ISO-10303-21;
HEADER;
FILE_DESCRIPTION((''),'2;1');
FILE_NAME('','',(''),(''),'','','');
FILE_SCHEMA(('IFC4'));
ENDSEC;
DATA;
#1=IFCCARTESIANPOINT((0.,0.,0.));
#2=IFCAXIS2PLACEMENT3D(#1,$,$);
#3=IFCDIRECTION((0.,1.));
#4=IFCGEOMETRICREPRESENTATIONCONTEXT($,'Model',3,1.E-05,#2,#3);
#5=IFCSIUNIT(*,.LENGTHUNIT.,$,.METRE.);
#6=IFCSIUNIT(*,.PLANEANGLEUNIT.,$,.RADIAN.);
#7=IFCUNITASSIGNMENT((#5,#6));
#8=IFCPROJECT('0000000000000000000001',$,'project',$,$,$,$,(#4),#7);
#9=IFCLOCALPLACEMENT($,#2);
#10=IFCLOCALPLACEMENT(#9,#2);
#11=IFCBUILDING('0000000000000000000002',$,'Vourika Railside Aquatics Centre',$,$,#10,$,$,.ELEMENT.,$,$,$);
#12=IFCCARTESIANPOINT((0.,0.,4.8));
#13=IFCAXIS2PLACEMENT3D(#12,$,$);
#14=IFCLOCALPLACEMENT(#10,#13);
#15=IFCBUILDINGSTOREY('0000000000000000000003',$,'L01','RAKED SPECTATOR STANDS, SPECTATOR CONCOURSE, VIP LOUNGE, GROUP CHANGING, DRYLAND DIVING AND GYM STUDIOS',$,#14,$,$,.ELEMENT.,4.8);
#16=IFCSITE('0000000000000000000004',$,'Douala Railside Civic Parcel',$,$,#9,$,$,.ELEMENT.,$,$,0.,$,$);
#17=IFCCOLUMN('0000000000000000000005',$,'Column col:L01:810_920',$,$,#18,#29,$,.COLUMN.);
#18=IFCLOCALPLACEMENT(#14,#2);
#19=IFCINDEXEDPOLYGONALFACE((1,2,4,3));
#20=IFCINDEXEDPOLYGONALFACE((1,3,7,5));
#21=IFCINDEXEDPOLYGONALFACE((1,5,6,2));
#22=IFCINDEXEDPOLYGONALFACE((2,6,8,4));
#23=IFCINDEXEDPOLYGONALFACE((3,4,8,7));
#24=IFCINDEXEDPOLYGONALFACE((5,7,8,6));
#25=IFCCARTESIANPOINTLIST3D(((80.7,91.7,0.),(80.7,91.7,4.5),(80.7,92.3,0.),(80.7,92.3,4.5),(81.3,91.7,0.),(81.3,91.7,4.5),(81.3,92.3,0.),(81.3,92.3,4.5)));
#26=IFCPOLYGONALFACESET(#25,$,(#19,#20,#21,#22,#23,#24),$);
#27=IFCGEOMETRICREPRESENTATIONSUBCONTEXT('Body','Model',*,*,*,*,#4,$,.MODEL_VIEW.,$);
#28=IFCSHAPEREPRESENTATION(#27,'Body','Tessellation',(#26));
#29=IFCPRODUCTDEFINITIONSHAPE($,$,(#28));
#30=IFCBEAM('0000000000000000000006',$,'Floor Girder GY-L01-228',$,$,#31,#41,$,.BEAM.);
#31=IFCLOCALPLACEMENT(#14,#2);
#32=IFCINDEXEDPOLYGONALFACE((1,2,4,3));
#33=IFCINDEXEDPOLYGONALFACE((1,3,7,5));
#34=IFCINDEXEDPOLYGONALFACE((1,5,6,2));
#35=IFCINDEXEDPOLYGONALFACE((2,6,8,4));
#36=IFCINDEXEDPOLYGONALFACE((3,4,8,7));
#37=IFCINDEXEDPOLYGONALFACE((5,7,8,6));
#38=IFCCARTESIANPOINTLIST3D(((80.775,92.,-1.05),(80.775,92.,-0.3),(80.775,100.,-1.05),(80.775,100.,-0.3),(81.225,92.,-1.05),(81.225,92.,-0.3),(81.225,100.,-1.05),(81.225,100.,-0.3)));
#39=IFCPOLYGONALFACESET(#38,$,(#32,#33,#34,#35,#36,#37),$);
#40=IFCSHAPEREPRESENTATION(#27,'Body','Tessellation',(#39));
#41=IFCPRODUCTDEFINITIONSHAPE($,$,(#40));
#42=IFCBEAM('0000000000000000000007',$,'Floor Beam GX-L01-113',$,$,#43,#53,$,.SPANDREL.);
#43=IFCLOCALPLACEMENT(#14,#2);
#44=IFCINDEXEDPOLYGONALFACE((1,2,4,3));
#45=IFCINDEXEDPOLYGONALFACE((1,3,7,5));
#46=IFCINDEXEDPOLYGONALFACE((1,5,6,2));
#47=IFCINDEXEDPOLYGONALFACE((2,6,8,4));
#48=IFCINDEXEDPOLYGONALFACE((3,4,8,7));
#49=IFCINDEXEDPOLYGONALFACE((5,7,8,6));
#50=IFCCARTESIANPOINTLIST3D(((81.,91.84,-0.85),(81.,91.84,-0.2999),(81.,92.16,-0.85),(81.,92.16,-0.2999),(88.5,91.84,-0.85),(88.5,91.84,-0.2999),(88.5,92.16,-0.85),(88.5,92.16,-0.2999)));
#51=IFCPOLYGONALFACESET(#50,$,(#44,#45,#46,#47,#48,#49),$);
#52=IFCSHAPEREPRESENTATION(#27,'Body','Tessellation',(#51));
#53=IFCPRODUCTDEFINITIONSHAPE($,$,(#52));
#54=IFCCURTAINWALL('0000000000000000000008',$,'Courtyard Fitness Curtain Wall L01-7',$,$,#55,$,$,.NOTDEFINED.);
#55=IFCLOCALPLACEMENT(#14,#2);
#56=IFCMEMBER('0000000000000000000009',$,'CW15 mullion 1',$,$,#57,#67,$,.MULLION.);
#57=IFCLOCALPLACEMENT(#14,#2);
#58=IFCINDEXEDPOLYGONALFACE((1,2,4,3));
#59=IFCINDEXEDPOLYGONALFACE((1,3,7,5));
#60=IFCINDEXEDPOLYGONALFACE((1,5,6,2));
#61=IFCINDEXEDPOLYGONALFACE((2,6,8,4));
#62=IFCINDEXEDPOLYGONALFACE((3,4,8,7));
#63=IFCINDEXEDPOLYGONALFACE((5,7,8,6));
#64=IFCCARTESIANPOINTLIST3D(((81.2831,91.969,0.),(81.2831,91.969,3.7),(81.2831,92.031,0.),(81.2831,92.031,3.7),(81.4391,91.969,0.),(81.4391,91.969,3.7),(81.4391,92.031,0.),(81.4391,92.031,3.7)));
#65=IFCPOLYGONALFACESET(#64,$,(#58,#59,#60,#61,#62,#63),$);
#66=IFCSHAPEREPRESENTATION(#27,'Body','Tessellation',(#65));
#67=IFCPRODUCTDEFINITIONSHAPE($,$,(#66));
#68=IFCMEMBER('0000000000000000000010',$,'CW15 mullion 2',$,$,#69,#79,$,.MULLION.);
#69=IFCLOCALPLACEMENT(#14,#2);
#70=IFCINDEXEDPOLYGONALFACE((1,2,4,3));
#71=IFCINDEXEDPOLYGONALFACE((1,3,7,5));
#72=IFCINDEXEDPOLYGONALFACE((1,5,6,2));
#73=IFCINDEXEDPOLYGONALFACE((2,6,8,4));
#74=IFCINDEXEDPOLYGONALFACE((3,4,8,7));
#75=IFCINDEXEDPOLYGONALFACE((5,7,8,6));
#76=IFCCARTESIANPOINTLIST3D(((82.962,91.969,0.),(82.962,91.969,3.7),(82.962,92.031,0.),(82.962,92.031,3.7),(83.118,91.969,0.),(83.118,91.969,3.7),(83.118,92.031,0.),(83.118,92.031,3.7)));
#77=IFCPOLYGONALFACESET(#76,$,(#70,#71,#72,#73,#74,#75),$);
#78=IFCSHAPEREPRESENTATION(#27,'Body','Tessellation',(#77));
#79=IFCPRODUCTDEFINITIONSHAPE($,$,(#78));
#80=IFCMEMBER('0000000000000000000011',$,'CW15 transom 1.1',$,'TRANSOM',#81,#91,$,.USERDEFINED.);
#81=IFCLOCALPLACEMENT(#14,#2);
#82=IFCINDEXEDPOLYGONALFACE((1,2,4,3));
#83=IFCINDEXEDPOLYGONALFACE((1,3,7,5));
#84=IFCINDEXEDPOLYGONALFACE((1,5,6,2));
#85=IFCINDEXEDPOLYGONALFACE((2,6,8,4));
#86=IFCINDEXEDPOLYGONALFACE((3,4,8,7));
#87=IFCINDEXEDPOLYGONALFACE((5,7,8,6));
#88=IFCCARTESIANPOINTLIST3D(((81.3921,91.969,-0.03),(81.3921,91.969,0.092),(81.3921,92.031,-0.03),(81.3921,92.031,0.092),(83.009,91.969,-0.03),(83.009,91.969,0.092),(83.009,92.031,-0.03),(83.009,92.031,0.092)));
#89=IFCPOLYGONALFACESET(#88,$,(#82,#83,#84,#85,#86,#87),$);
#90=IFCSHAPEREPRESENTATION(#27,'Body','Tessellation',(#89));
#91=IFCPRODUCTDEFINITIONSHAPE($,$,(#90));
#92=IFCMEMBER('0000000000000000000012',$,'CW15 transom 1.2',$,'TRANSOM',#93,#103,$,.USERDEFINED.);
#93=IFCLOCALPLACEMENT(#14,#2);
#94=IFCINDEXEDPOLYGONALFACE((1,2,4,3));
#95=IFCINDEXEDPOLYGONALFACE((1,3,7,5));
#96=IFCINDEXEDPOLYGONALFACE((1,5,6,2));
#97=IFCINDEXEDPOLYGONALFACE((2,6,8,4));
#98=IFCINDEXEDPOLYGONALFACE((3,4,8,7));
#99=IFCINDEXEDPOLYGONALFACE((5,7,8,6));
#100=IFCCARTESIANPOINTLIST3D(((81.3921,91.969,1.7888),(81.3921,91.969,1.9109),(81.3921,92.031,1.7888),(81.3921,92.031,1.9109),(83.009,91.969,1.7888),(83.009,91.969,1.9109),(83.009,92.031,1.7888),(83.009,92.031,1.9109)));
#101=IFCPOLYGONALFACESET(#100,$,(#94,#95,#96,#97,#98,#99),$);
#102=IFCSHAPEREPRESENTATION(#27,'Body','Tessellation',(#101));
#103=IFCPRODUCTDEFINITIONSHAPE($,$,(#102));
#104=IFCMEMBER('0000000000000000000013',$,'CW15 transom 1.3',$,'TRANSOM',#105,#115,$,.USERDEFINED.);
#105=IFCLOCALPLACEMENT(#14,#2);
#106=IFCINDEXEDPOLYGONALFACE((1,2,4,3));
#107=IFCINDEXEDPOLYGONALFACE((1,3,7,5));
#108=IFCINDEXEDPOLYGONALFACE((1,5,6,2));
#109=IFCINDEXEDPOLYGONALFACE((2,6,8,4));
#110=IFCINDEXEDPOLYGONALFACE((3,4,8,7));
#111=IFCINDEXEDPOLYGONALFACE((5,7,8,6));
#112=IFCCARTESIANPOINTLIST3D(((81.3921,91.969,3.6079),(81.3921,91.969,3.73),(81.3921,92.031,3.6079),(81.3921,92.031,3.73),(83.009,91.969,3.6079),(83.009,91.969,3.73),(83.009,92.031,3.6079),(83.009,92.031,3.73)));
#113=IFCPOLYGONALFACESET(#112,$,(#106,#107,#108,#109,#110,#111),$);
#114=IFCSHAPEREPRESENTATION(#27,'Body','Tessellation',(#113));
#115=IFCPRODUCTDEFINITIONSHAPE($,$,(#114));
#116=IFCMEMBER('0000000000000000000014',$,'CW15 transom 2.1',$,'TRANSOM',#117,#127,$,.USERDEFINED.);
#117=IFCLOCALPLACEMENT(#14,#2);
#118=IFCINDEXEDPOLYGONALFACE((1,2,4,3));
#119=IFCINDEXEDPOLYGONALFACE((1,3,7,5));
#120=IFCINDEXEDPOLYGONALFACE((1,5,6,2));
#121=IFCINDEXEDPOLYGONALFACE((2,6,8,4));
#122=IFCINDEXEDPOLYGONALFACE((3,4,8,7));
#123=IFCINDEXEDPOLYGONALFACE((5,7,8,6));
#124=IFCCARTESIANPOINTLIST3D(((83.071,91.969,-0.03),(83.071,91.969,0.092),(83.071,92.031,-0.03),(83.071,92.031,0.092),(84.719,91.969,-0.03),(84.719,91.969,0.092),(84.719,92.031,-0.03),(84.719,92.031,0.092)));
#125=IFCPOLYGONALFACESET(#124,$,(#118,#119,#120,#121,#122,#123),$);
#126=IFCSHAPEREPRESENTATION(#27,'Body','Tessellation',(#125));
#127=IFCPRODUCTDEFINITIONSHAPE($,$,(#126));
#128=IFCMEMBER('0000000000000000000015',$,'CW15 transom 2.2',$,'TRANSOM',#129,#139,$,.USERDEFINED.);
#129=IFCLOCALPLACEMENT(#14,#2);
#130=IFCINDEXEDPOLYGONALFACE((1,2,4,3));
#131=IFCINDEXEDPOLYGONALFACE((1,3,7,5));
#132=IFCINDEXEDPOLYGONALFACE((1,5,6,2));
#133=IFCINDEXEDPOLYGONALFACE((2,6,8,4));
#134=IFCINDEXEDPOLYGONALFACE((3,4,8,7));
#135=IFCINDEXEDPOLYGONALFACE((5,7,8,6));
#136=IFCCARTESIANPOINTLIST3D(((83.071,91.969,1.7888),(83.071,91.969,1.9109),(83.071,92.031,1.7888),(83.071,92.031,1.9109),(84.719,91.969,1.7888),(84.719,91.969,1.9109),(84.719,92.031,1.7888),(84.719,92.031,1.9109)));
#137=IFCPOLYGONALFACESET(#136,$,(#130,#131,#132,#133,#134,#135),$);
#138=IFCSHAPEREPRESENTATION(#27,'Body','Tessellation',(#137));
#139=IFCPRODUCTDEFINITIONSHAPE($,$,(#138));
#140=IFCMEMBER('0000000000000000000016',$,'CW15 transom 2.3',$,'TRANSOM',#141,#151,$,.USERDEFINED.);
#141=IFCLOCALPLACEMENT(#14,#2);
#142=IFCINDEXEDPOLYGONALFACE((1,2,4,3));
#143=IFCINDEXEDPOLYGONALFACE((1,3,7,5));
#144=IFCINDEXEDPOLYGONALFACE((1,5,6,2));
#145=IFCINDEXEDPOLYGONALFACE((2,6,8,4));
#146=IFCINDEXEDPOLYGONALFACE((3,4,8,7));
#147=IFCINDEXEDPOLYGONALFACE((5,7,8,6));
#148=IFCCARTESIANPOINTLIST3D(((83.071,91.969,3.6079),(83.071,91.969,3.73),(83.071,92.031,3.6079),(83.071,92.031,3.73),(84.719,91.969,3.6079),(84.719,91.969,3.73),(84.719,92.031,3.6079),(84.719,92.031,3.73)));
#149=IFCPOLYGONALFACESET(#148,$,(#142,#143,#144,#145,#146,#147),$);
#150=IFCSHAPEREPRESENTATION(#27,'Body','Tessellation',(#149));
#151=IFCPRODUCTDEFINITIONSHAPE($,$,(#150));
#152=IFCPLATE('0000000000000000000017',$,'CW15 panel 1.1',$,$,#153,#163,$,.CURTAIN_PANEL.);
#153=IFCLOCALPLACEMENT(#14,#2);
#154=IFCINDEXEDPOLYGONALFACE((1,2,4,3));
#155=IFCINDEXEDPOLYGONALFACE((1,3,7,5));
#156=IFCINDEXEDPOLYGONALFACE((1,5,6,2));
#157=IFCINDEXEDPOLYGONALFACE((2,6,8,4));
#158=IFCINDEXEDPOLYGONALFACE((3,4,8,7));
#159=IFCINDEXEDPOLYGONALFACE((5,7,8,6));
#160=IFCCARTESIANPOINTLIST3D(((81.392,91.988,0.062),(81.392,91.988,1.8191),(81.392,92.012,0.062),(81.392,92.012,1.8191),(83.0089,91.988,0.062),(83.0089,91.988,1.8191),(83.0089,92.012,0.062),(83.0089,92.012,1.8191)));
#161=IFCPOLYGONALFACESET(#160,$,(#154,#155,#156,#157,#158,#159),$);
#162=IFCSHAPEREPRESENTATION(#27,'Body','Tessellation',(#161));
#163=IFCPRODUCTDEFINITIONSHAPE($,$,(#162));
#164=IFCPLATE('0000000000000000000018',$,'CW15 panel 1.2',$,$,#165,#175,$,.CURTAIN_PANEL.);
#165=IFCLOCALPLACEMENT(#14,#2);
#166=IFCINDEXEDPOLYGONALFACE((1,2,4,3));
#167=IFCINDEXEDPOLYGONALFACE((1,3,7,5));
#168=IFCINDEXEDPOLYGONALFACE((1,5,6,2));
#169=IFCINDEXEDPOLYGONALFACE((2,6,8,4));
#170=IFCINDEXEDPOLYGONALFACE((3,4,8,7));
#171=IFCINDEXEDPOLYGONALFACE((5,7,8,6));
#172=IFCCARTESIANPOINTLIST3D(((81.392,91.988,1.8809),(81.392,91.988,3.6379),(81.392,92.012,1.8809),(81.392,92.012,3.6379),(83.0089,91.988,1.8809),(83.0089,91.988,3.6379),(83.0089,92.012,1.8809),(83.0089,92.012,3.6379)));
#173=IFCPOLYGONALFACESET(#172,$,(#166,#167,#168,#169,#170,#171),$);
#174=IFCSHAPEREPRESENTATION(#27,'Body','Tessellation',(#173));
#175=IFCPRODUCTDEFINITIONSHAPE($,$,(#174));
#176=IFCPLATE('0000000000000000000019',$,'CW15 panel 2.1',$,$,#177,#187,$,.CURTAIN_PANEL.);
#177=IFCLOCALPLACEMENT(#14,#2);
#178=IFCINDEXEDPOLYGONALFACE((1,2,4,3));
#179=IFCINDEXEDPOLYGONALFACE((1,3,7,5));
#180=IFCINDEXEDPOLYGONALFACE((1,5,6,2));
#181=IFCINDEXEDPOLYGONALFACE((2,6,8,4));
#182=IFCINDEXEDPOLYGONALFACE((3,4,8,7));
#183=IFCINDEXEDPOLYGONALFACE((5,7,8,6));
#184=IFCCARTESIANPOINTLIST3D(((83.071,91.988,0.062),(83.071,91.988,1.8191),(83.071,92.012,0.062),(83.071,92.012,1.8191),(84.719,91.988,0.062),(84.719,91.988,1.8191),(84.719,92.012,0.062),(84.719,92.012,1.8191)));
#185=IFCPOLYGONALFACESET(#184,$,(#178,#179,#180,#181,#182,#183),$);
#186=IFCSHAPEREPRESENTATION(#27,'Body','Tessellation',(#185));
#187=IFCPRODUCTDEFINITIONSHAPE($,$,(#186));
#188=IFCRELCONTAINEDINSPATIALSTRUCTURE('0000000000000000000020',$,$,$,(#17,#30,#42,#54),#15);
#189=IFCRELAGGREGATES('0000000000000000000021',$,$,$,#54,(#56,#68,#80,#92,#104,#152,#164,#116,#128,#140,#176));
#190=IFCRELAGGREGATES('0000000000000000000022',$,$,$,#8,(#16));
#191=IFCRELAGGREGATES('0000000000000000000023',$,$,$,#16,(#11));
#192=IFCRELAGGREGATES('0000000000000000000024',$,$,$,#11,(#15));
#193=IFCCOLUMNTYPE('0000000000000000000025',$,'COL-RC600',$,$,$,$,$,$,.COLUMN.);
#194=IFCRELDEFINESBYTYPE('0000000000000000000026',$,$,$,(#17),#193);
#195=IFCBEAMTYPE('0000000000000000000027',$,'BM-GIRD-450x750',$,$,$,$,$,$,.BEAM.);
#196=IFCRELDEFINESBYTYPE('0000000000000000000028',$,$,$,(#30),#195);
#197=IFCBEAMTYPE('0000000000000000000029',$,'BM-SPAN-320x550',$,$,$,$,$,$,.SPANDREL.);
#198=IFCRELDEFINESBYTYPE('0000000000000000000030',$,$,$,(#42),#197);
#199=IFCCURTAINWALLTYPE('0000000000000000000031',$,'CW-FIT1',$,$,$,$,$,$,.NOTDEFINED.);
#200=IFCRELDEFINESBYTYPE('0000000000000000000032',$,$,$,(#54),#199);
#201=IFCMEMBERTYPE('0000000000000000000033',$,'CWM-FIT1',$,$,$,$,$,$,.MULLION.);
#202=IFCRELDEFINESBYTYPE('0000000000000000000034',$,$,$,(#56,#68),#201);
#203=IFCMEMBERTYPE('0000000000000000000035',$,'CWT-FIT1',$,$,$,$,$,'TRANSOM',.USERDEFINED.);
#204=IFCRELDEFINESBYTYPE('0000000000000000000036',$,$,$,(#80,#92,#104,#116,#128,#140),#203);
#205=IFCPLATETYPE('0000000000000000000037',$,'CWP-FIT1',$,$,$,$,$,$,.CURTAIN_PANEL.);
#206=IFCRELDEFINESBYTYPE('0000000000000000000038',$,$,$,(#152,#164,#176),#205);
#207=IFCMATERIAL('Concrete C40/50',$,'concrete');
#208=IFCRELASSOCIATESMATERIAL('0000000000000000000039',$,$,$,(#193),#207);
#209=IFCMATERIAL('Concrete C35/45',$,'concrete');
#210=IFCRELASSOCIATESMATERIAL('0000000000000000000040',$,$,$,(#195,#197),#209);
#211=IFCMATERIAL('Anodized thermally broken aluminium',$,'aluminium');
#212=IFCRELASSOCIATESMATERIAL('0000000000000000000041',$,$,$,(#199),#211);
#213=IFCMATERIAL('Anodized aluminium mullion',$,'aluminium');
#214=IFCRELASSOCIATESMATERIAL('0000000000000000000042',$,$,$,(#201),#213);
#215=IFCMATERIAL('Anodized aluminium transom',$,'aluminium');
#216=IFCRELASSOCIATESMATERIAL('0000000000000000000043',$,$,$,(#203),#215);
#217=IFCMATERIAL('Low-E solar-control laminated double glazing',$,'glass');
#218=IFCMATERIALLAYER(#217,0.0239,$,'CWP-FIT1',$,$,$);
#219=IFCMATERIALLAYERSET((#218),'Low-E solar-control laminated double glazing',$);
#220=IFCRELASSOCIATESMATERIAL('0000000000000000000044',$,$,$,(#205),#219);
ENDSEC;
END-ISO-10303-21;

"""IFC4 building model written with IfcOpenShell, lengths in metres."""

from ifc_helpers import new_model, si_unit, direction, frame, origin, origin_2d, place, context, subcontext, project, spatial, rectangle, extrude, material, layer, layer_set, material_profile, profile_set, type_object, element, aggregate, save


model = new_model("IFC4")

# Units and contexts
model_context = context("Model", 3, precision=1e-05, world=origin(), true_north=direction((0.0, 1.0)))
body_context = subcontext(model_context, "Body", "Model", "MODEL_VIEW")
ifc_project = project(units=[si_unit("LENGTHUNIT", "METRE"), si_unit("PLANEANGLEUNIT", "RADIAN")], contexts=[model_context])

# Site, building, storey
site_placement = place(None, origin())
site = spatial("IfcSite", under=ifc_project, at=site_placement, Name="Douala Railside Civic Parcel", CompositionType="ELEMENT", RefElevation=0.0)
building_placement = place(site_placement, origin())
building = spatial("IfcBuilding", under=site, at=building_placement, Name="Vourika Railside Aquatics Centre", CompositionType="ELEMENT")
storey_placement = place(building_placement, frame((0.0, 0.0, 4.8)))
storey = spatial("IfcBuildingStorey", under=building, at=storey_placement, Name="L01", Description="RAKED SPECTATOR STANDS, SPECTATOR CONCOURSE, VIP LOUNGE, GROUP CHANGING, DRYLAND DIVING AND GYM STUDIOS", CompositionType="ELEMENT", Elevation=4.8)

# Column
ifc_material_1 = material(Name="Concrete C40/50", Category="concrete")
ifc_material_profile_1 = material_profile(ifc_material_1, rectangle(XDim=0.6001, YDim=0.6001, at=origin_2d()), Name="RC 600x600")
ifc_profile_set_1 = profile_set([ifc_material_profile_1], Name="Concrete C40/50")
column_type = type_object("IfcColumnType", Name="COL-RC600", PredefinedType="COLUMN", material=ifc_profile_set_1)
column_placement = place(storey_placement, frame((81.0, 92.0, 0.0), z_axis=(0.0, 0.0, 1.0), x_axis=(1.0, 0.0, 0.0)))
element("IfcColumn", 1, at=column_placement, inside=storey, type_object=column_type, Name="Column col:L01:810_920", PredefinedType="COLUMN", context=body_context, shape_type="SweptSolid", body=[
    extrude(rectangle(XDim=0.6001, YDim=0.6001, at=origin_2d()), origin(), (0.0, 0.0, 1.0), 4.5),
])

# Beams
ifc_material_2 = material(Name="Concrete C35/45", Category="concrete")
ifc_material_profile_2 = material_profile(ifc_material_2, rectangle(XDim=0.45, YDim=0.75, at=origin_2d()), Name="RC 450x750")
ifc_profile_set_2 = profile_set([ifc_material_profile_2], Name="Concrete C35/45")
beam_type_1 = type_object("IfcBeamType", Name="BM-GIRD-450x750", PredefinedType="BEAM", material=ifc_profile_set_2)
beam_1_placement = place(storey_placement, frame((81.0, 92.0, -0.675), z_axis=(0.0, 1.0, 0.0), x_axis=(-1.0, 0.0, 0.0)))
element("IfcBeam", 2, at=beam_1_placement, inside=storey, type_object=beam_type_1, Name="Floor Girder GY-L01-228", PredefinedType="BEAM", context=body_context, shape_type="SweptSolid", body=[
    extrude(rectangle(XDim=0.45, YDim=0.75, at=origin_2d()), origin(), (0.0, 0.0, 1.0), 8.0),
])
ifc_material_profile_3 = material_profile(ifc_material_2, rectangle(XDim=0.3201, YDim=0.55, at=origin_2d()), Name="RC 320x550")
ifc_profile_set_3 = profile_set([ifc_material_profile_3], Name="Concrete C35/45")
beam_type_2 = type_object("IfcBeamType", Name="BM-SPAN-320x550", PredefinedType="SPANDREL", material=ifc_profile_set_3)
beam_2_placement = place(storey_placement, frame((81.0, 92.0, -0.575), z_axis=(1.0, 0.0, 0.0), x_axis=(0.0, 1.0, 0.0)))
element("IfcBeam", 3, at=beam_2_placement, inside=storey, type_object=beam_type_2, Name="Floor Beam GX-L01-113", PredefinedType="SPANDREL", context=body_context, shape_type="SweptSolid", body=[
    extrude(rectangle(XDim=0.3201, YDim=0.55, at=origin_2d()), origin(), (0.0, 0.0, 1.0), 7.5),
])

# Curtain wall, members, plates
ifc_material_3 = material(Name="Anodized thermally broken aluminium", Category="aluminium")
curtain_wall_type = type_object("IfcCurtainWallType", Name="CW-FIT1", PredefinedType="NOTDEFINED", material=ifc_material_3)
curtain_wall_placement = place(storey_placement, origin())
curtain_wall = element("IfcCurtainWall", 4, at=curtain_wall_placement, inside=storey, type_object=curtain_wall_type, Name="Courtyard Fitness Curtain Wall L01-7", PredefinedType="NOTDEFINED")
ifc_material_4 = material(Name="Anodized aluminium mullion", Category="aluminium")
ifc_material_profile_4 = material_profile(ifc_material_4, rectangle(XDim=0.062, YDim=0.156, at=origin_2d()), Name="ALU-M 62x156")
ifc_profile_set_4 = profile_set([ifc_material_profile_4], Name="Anodized aluminium mullion")
member_type_1 = type_object("IfcMemberType", Name="CWM-FIT1", PredefinedType="MULLION", material=ifc_profile_set_4)
member_1_placement = place(storey_placement, frame((81.3611, 92.0, 0.0), z_axis=(0.0, 0.0, 1.0), x_axis=(0.0, 1.0, 0.0)))
member_1 = element("IfcMember", 5, at=member_1_placement, type_object=member_type_1, Name="CW15 mullion 1", PredefinedType="MULLION", context=body_context, shape_type="SweptSolid", body=[
    extrude(rectangle(XDim=0.062, YDim=0.156, at=origin_2d()), origin(), (0.0, 0.0, 1.0), 3.7),
])
member_2_placement = place(storey_placement, frame((83.04, 92.0, 0.0), z_axis=(0.0, 0.0, 1.0), x_axis=(0.0, 1.0, 0.0)))
member_2 = element("IfcMember", 6, at=member_2_placement, type_object=member_type_1, Name="CW15 mullion 2", PredefinedType="MULLION", context=body_context, shape_type="SweptSolid", body=[
    extrude(rectangle(XDim=0.062, YDim=0.156, at=origin_2d()), origin(), (0.0, 0.0, 1.0), 3.7),
])
ifc_material_5 = material(Name="Anodized aluminium transom", Category="aluminium")
ifc_material_profile_5 = material_profile(ifc_material_5, rectangle(XDim=0.062, YDim=0.1221, at=origin_2d()), Name="ALU-T 62x122")
ifc_profile_set_5 = profile_set([ifc_material_profile_5], Name="Anodized aluminium transom")
member_type_2 = type_object("IfcMemberType", Name="CWT-FIT1", ElementType="TRANSOM", PredefinedType="USERDEFINED", material=ifc_profile_set_5)
member_3_placement = place(storey_placement, frame((81.3921, 92.0, 0.031), z_axis=(1.0, 0.0, 0.0), x_axis=(0.0, 1.0, 0.0)))
member_3 = element("IfcMember", 7, at=member_3_placement, type_object=member_type_2, Name="CW15 transom 1.1", ObjectType="TRANSOM", PredefinedType="USERDEFINED", context=body_context, shape_type="SweptSolid", body=[
    extrude(rectangle(XDim=0.062, YDim=0.1221, at=origin_2d()), origin(), (0.0, 0.0, 1.0), 1.6169),
])
member_4_placement = place(storey_placement, frame((81.3921, 92.0, 1.8499), z_axis=(1.0, 0.0, 0.0), x_axis=(0.0, 1.0, 0.0)))
member_4 = element("IfcMember", 8, at=member_4_placement, type_object=member_type_2, Name="CW15 transom 1.2", ObjectType="TRANSOM", PredefinedType="USERDEFINED", context=body_context, shape_type="SweptSolid", body=[
    extrude(rectangle(XDim=0.062, YDim=0.1221, at=origin_2d()), origin(), (0.0, 0.0, 1.0), 1.6169),
])
member_5_placement = place(storey_placement, frame((81.3921, 92.0, 3.6689), z_axis=(1.0, 0.0, 0.0), x_axis=(0.0, 1.0, 0.0)))
member_5 = element("IfcMember", 9, at=member_5_placement, type_object=member_type_2, Name="CW15 transom 1.3", ObjectType="TRANSOM", PredefinedType="USERDEFINED", context=body_context, shape_type="SweptSolid", body=[
    extrude(rectangle(XDim=0.062, YDim=0.1221, at=origin_2d()), origin(), (0.0, 0.0, 1.0), 1.6169),
])
member_6_placement = place(storey_placement, frame((83.071, 92.0, 0.031), z_axis=(1.0, 0.0, 0.0), x_axis=(0.0, 1.0, 0.0)))
member_6 = element("IfcMember", 10, at=member_6_placement, type_object=member_type_2, Name="CW15 transom 2.1", ObjectType="TRANSOM", PredefinedType="USERDEFINED", context=body_context, shape_type="SweptSolid", body=[
    extrude(rectangle(XDim=0.062, YDim=0.1221, at=origin_2d()), origin(), (0.0, 0.0, 1.0), 1.6479),
])
member_7_placement = place(storey_placement, frame((83.071, 92.0, 1.8499), z_axis=(1.0, 0.0, 0.0), x_axis=(0.0, 1.0, 0.0)))
member_7 = element("IfcMember", 11, at=member_7_placement, type_object=member_type_2, Name="CW15 transom 2.2", ObjectType="TRANSOM", PredefinedType="USERDEFINED", context=body_context, shape_type="SweptSolid", body=[
    extrude(rectangle(XDim=0.062, YDim=0.1221, at=origin_2d()), origin(), (0.0, 0.0, 1.0), 1.6479),
])
member_8_placement = place(storey_placement, frame((83.071, 92.0, 3.6689), z_axis=(1.0, 0.0, 0.0), x_axis=(0.0, 1.0, 0.0)))
member_8 = element("IfcMember", 12, at=member_8_placement, type_object=member_type_2, Name="CW15 transom 2.3", ObjectType="TRANSOM", PredefinedType="USERDEFINED", context=body_context, shape_type="SweptSolid", body=[
    extrude(rectangle(XDim=0.062, YDim=0.1221, at=origin_2d()), origin(), (0.0, 0.0, 1.0), 1.6479),
])
ifc_material_6 = material(Name="Low-E solar-control laminated double glazing", Category="glass")
ifc_layer_1 = layer(ifc_material_6, 0.0239, Name="CWP-FIT1")
ifc_layer_set_1 = layer_set([ifc_layer_1], Name="Low-E solar-control laminated double glazing")
plate_type = type_object("IfcPlateType", Name="CWP-FIT1", PredefinedType="CURTAIN_PANEL", material=ifc_layer_set_1)
plate_1_placement = place(storey_placement, frame((82.2004, 92.0, 0.062), z_axis=(0.0, 0.0, 1.0), x_axis=(1.0, 0.0, 0.0)))
plate_1 = element("IfcPlate", 13, at=plate_1_placement, type_object=plate_type, Name="CW15 panel 1.1", PredefinedType="CURTAIN_PANEL", context=body_context, shape_type="SweptSolid", body=[
    extrude(rectangle(XDim=1.6169, YDim=0.0239, at=origin_2d()), origin(), (0.0, 0.0, 1.0), 1.7571),
])
plate_2_placement = place(storey_placement, frame((82.2004, 92.0, 1.8809), z_axis=(0.0, 0.0, 1.0), x_axis=(1.0, 0.0, 0.0)))
plate_2 = element("IfcPlate", 14, at=plate_2_placement, type_object=plate_type, Name="CW15 panel 1.2", PredefinedType="CURTAIN_PANEL", context=body_context, shape_type="SweptSolid", body=[
    extrude(rectangle(XDim=1.6169, YDim=0.0239, at=origin_2d()), origin(), (0.0, 0.0, 1.0), 1.7571),
])
plate_3_placement = place(storey_placement, frame((83.895, 92.0, 0.062), z_axis=(0.0, 0.0, 1.0), x_axis=(1.0, 0.0, 0.0)))
plate_3 = element("IfcPlate", 15, at=plate_3_placement, type_object=plate_type, Name="CW15 panel 2.1", PredefinedType="CURTAIN_PANEL", context=body_context, shape_type="SweptSolid", body=[
    extrude(rectangle(XDim=1.6479, YDim=0.0239, at=origin_2d()), origin(), (0.0, 0.0, 1.0), 1.7571),
])
aggregate(curtain_wall, [member_1, member_2, member_3, member_4, member_5, plate_1, plate_2, member_6, member_7, member_8, plate_3])

save(model, "model.ifc")
